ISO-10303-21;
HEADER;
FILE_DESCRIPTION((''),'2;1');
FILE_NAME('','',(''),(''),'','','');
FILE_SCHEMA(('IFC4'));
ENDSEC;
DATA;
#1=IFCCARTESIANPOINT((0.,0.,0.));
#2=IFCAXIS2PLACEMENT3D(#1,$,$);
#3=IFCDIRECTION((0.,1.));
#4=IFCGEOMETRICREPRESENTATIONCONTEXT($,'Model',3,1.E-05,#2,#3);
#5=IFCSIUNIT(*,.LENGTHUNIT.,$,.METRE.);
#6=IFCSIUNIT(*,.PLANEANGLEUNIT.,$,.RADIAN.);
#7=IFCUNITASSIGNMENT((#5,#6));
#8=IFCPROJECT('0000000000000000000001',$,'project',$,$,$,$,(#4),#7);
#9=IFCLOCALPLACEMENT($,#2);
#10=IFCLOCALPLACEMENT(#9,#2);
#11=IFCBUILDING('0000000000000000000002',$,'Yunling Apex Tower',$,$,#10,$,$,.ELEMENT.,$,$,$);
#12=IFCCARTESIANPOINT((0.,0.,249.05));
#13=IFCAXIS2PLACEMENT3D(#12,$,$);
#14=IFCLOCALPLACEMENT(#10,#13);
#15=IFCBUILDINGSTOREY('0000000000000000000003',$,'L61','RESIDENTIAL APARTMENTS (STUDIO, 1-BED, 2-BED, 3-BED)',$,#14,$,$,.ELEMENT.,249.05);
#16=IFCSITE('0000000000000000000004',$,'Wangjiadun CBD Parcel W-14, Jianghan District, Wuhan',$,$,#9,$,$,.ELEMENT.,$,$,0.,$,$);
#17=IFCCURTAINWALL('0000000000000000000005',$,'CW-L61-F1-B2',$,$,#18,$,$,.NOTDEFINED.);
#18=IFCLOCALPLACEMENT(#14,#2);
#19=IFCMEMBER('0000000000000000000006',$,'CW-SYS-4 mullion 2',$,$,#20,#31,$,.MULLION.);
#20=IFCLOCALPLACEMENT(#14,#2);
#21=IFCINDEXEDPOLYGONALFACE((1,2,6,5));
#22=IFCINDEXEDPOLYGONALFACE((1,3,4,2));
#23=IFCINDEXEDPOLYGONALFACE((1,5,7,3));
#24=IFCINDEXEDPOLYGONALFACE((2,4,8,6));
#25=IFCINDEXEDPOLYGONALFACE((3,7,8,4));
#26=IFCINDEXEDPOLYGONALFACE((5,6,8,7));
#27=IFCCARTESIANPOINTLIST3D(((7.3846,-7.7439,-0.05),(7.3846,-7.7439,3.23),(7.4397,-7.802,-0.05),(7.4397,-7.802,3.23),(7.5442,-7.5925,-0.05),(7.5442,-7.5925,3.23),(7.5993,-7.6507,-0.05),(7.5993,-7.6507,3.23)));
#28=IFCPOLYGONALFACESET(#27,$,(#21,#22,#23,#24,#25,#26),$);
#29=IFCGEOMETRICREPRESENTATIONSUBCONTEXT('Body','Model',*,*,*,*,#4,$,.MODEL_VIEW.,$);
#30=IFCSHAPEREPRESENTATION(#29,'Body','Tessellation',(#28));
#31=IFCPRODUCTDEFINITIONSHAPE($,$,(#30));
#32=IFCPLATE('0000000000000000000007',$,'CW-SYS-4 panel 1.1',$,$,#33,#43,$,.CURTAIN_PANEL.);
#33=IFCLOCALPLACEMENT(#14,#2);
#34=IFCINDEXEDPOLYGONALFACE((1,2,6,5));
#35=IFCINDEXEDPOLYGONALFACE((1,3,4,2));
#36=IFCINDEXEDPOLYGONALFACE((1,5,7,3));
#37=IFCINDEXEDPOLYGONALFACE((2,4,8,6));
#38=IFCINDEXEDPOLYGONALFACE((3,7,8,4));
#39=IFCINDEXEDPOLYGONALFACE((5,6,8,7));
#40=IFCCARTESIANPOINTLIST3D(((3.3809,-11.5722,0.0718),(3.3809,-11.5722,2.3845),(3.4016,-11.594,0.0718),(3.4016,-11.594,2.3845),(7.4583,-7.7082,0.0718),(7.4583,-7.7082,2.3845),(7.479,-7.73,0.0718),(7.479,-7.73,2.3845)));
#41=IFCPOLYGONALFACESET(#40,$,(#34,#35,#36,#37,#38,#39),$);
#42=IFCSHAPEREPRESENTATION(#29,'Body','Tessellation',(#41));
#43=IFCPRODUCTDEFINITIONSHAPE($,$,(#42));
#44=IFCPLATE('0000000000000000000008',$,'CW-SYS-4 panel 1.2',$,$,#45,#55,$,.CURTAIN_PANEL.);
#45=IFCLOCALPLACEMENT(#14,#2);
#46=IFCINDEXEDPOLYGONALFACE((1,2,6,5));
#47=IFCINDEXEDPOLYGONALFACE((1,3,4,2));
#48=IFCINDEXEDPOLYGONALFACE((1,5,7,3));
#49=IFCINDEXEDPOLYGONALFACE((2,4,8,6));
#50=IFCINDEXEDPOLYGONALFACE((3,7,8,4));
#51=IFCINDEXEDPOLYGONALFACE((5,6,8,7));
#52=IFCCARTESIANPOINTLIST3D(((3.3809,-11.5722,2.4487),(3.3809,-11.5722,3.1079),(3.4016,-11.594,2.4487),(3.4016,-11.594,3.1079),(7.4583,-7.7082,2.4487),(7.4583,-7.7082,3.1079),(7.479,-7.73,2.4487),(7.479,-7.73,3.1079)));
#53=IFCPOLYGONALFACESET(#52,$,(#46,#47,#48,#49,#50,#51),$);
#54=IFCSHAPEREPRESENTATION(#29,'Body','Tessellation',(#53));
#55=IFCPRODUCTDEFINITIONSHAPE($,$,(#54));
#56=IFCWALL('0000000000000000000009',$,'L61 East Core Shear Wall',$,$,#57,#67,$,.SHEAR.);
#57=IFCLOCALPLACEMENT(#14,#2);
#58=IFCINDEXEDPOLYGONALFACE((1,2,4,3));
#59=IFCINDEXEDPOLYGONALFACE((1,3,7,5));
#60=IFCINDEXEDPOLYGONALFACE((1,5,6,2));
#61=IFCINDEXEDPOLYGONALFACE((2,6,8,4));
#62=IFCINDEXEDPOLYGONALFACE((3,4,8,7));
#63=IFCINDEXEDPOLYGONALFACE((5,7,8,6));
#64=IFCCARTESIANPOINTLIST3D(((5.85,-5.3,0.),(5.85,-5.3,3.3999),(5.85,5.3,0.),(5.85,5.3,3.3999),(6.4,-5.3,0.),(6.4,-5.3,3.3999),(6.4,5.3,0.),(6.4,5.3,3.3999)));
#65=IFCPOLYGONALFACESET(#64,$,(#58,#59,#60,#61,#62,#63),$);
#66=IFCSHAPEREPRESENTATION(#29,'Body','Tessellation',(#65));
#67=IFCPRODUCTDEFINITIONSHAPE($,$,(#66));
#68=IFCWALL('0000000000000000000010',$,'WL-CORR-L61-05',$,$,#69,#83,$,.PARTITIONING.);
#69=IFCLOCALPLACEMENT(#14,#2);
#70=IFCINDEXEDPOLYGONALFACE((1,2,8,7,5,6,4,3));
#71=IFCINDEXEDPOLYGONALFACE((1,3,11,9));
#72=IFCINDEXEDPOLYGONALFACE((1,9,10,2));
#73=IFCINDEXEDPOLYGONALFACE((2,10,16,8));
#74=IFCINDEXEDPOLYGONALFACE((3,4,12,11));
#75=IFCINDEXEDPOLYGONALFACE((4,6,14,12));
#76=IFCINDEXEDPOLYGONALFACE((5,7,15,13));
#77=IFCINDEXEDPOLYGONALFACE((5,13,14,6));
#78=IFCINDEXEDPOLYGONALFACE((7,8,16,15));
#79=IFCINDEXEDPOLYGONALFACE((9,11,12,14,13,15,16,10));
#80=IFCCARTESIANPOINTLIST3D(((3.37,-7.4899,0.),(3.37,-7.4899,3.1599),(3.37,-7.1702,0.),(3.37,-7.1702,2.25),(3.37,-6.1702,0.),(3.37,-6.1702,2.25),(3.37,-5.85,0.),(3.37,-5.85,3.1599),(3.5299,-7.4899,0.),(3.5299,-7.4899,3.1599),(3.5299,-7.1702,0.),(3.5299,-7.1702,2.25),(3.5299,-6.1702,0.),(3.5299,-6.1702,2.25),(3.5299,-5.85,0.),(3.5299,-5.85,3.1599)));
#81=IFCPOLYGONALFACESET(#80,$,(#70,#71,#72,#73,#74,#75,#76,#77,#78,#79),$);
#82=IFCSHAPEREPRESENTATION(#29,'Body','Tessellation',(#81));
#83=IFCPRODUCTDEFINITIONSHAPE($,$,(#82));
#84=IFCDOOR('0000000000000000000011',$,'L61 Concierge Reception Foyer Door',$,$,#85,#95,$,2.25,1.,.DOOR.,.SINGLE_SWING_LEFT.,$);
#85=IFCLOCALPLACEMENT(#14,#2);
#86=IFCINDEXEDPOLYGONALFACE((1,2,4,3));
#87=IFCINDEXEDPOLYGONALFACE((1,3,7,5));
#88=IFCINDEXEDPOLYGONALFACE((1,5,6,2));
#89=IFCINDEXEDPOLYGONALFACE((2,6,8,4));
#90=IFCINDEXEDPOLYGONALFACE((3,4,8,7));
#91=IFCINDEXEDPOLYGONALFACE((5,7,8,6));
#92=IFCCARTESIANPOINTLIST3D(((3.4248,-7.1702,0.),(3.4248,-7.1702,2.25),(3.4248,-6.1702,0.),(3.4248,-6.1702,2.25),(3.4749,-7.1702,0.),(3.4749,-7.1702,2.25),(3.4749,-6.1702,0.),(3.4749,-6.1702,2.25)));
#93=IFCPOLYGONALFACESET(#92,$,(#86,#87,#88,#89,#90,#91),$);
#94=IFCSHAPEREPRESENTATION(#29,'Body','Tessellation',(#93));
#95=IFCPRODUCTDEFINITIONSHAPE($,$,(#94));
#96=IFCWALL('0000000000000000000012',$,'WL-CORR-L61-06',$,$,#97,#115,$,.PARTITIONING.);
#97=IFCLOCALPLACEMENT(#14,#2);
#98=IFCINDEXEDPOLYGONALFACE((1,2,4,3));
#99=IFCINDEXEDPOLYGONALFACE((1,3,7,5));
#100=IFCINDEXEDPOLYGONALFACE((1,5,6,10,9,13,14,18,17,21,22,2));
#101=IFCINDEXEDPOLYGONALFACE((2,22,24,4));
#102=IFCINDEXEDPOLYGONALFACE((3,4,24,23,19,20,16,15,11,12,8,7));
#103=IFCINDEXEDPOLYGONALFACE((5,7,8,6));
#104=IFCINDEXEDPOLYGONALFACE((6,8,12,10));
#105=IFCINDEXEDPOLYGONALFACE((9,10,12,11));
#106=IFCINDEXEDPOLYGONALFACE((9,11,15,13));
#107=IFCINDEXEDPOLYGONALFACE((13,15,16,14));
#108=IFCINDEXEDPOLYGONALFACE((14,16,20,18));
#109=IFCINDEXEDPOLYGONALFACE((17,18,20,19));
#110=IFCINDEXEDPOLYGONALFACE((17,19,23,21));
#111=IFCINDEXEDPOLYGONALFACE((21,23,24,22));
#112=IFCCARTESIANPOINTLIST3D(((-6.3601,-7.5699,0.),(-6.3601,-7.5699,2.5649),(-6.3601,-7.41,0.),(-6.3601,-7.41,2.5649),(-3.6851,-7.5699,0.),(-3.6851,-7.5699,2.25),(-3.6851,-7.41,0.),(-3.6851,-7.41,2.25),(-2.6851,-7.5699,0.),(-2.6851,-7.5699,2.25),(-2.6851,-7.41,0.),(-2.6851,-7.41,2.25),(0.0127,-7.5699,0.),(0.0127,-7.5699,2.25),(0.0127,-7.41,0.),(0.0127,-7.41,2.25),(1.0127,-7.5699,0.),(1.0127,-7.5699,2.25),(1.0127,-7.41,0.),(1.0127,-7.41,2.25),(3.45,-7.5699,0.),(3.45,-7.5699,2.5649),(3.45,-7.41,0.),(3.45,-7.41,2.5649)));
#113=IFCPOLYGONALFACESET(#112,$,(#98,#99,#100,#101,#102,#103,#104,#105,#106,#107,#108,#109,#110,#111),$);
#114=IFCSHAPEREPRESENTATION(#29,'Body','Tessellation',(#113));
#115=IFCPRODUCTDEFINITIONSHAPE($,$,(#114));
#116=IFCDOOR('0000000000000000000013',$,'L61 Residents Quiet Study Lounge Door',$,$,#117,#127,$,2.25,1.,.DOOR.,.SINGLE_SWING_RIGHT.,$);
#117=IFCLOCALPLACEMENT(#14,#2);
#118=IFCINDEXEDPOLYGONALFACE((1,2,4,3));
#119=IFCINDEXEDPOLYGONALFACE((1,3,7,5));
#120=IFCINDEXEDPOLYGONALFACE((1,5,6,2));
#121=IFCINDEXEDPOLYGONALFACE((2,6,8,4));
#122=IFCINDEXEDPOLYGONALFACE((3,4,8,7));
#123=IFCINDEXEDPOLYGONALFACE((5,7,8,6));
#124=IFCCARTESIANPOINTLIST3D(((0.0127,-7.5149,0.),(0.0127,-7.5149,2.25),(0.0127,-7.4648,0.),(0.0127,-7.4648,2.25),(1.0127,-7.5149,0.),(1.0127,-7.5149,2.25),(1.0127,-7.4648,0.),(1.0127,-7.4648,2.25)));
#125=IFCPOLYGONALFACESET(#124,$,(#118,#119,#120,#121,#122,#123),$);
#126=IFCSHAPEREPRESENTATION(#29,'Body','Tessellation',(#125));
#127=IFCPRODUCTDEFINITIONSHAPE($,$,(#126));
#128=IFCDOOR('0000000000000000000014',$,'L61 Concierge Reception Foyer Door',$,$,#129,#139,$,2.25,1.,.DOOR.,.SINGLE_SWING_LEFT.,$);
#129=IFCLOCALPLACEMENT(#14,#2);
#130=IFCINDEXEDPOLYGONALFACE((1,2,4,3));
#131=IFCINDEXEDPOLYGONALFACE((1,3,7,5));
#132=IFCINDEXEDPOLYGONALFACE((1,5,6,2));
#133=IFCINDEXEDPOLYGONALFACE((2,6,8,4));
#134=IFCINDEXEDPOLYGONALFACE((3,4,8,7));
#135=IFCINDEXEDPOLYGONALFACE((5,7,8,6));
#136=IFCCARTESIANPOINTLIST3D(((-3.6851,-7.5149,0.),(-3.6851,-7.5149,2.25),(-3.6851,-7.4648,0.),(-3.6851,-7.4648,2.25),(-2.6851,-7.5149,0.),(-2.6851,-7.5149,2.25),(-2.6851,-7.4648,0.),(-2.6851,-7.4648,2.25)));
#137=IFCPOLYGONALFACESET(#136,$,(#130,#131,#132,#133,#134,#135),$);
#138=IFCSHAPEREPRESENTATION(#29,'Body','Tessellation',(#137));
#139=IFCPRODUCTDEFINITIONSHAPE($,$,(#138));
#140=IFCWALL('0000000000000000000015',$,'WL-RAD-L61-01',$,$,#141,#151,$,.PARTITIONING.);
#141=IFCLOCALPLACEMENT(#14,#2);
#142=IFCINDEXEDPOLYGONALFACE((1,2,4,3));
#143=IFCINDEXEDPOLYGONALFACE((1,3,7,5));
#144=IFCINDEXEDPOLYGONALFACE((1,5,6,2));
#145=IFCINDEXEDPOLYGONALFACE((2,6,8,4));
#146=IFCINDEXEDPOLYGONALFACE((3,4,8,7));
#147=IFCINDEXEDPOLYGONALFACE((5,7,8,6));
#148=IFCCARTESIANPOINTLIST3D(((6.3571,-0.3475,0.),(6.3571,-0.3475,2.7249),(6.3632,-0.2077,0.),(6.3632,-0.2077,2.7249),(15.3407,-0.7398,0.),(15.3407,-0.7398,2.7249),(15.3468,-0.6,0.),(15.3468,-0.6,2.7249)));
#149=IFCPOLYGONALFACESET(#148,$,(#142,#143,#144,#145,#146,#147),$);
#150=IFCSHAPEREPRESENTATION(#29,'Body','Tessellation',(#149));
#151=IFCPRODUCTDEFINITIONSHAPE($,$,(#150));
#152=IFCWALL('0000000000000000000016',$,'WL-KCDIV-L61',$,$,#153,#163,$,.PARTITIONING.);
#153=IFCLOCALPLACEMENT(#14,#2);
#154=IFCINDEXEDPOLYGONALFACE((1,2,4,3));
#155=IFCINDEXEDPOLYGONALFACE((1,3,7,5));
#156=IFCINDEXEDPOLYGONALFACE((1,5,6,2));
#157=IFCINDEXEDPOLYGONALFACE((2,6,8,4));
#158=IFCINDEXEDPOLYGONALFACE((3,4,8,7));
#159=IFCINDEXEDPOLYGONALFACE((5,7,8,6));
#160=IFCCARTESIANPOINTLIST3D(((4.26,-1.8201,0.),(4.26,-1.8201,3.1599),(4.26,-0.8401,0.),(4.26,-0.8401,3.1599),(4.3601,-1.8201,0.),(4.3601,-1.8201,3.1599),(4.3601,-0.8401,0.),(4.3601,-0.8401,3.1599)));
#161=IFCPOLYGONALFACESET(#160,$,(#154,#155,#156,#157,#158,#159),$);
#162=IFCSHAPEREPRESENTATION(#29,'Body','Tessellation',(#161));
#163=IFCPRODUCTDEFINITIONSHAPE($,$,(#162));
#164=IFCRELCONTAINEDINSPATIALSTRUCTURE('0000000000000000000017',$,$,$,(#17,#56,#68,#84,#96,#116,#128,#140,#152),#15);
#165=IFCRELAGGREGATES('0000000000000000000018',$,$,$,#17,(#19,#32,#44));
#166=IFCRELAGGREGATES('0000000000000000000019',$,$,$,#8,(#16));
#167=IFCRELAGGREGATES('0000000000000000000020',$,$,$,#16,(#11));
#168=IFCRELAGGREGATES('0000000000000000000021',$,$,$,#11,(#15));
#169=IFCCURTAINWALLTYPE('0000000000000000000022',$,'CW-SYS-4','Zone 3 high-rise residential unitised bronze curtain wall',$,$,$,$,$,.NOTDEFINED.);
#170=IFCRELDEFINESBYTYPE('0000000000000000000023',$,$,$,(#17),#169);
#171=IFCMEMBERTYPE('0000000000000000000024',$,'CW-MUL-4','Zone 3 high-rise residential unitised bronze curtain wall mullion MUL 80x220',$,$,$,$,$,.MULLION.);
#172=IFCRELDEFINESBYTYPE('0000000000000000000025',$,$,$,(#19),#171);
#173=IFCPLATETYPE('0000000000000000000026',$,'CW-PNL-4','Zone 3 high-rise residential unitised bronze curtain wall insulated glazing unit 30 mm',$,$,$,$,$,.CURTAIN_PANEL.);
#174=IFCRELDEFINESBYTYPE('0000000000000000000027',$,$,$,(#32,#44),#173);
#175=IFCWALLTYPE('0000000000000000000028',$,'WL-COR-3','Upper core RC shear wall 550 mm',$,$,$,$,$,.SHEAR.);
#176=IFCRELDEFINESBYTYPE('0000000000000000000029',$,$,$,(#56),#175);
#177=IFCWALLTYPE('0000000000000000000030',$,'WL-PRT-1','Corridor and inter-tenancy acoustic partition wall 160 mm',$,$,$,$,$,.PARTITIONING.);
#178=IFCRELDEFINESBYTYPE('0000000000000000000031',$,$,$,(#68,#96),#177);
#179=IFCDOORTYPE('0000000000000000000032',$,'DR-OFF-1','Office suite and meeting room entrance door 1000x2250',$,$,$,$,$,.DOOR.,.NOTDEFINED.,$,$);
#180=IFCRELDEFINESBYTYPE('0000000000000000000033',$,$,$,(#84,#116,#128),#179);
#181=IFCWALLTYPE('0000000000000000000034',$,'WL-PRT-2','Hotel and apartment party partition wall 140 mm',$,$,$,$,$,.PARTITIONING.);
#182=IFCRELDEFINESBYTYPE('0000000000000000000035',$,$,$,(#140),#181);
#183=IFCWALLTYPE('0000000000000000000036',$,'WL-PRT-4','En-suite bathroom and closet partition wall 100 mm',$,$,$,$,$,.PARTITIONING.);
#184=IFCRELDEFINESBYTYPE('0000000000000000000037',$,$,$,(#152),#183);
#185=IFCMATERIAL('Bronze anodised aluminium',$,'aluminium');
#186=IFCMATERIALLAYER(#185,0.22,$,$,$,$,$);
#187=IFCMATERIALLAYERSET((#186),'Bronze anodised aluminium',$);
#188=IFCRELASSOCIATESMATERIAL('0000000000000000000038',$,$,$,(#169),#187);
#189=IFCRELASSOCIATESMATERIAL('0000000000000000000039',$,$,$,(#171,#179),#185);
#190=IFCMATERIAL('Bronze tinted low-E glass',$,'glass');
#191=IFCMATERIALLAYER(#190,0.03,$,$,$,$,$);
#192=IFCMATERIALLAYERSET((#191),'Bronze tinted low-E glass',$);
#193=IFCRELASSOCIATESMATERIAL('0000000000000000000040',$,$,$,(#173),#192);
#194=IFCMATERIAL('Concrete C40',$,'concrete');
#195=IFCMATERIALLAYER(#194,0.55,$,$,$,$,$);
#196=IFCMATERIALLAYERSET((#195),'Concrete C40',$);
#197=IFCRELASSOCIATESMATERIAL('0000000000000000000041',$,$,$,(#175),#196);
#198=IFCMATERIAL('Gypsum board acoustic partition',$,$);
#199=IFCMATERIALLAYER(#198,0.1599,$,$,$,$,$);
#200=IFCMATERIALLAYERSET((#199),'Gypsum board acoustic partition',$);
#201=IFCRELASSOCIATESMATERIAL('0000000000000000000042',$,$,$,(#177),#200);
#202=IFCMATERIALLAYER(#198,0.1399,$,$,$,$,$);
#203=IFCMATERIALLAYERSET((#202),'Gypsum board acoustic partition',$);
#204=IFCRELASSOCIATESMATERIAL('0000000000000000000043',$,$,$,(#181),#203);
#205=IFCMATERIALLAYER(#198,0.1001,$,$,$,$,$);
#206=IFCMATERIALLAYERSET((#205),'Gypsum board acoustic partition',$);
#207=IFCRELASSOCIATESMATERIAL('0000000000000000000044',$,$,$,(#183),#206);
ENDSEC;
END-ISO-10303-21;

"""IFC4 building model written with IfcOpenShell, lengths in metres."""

from ifc_helpers import new_model, si_unit, direction, frame, frame_2d, origin, origin_2d, place, context, subcontext, project, spatial, rectangle, extrude, source, transform, mapped, material, layer, layer_set, material_profile, profile_set, type_object, element, fill, aggregate, save


model = new_model("IFC4")

# Units and contexts
model_context = context("Model", 3, precision=1e-05, world=origin(), true_north=direction((0.0, 1.0)))
body_context = subcontext(model_context, "Body", "Model", "MODEL_VIEW")
ifc_project = project(units=[si_unit("LENGTHUNIT", "METRE"), si_unit("PLANEANGLEUNIT", "RADIAN")], contexts=[model_context])

# Site, building, storey
site_placement = place(None, origin())
site = spatial("IfcSite", under=ifc_project, at=site_placement, Name="Wangjiadun CBD Parcel W-14, Jianghan District, Wuhan", CompositionType="ELEMENT", RefElevation=0.0)
building_placement = place(site_placement, origin())
building = spatial("IfcBuilding", under=site, at=building_placement, Name="Yunling Apex Tower", CompositionType="ELEMENT")
storey_placement = place(building_placement, frame((0.0, 0.0, 249.05)))
storey = spatial("IfcBuildingStorey", under=building, at=storey_placement, Name="L61", Description="RESIDENTIAL APARTMENTS (STUDIO, 1-BED, 2-BED, 3-BED)", CompositionType="ELEMENT", Elevation=249.05)

# Curtain wall, member, plates
ifc_material_1 = material(Name="Bronze anodised aluminium", Category="aluminium")
ifc_layer_1 = layer(ifc_material_1, 0.22)
ifc_layer_set_1 = layer_set([ifc_layer_1], Name="Bronze anodised aluminium")
curtain_wall_type = type_object("IfcCurtainWallType", Name="CW-SYS-4", Description="Zone 3 high-rise residential unitised bronze curtain wall", PredefinedType="NOTDEFINED", material=ifc_layer_set_1)
curtain_wall_placement = place(storey_placement, origin())
curtain_wall = element("IfcCurtainWall", 1, at=curtain_wall_placement, inside=storey, type_object=curtain_wall_type, Name="CW-L61-F1-B2", PredefinedType="NOTDEFINED")
ifc_material_profile_1 = material_profile(ifc_material_1, rectangle(XDim=0.0801, YDim=0.22, at=origin_2d()))
ifc_profile_set_1 = profile_set([ifc_material_profile_1], Name="Bronze anodised aluminium")
member_type_1 = type_object("IfcMemberType", Name="CW-MUL-4", Description="Zone 3 high-rise residential unitised bronze curtain wall mullion MUL 80x220", PredefinedType="MULLION", material=ifc_profile_set_1)
shared_shape_1 = source(origin(), body_context, "Body", "SweptSolid", [
    extrude(rectangle(XDim=0.0801, YDim=0.22, at=origin_2d()), origin(), (0.0, 0.0, 1.0), 3.28),
])
member_1_placement = place(storey_placement, frame((7.4919, -7.6973, -0.05), z_axis=(0.0, 0.0, 1.0), x_axis=(-0.687854, 0.725849, 0.0)))
member_1 = element("IfcMember", 2, at=member_1_placement, type_object=member_type_1, Name="CW-SYS-4 mullion 2", PredefinedType="MULLION", context=body_context, shape_type="MappedRepresentation", body=[
    mapped(shared_shape_1, transform((0.0, 0.0, 0.0), scale=1.0)),
])
ifc_material_2 = material(Name="Bronze tinted low-E glass", Category="glass")
ifc_layer_2 = layer(ifc_material_2, 0.03)
ifc_layer_set_2 = layer_set([ifc_layer_2], Name="Bronze tinted low-E glass")
plate_type = type_object("IfcPlateType", Name="CW-PNL-4", Description="Zone 3 high-rise residential unitised bronze curtain wall insulated glazing unit 30 mm", PredefinedType="CURTAIN_PANEL", material=ifc_layer_set_2)
shared_shape_2 = source(origin(), body_context, "Body", "SweptSolid", [
    extrude(rectangle(XDim=5.6174, YDim=0.03, at=origin_2d()), origin(), (0.0, 0.0, 1.0), 2.3127),
])
plate_1_placement = place(storey_placement, frame((5.4299, -9.6511, 0.0718), z_axis=(0.0, 0.0, 1.0), x_axis=(0.725849, 0.687854, 0.0)))
plate_1 = element("IfcPlate", 3, at=plate_1_placement, type_object=plate_type, Name="CW-SYS-4 panel 1.1", PredefinedType="CURTAIN_PANEL", context=body_context, shape_type="MappedRepresentation", body=[
    mapped(shared_shape_2, transform((0.0, 0.0, 0.0), scale=1.0)),
])
shared_shape_3 = source(origin(), body_context, "Body", "SweptSolid", [
    extrude(rectangle(XDim=5.6174, YDim=0.03, at=origin_2d()), origin(), (0.0, 0.0, 1.0), 0.6592),
])
plate_2_placement = place(storey_placement, frame((5.4299, -9.6511, 2.4487), z_axis=(0.0, 0.0, 1.0), x_axis=(0.725849, 0.687854, 0.0)))
plate_2 = element("IfcPlate", 4, at=plate_2_placement, type_object=plate_type, Name="CW-SYS-4 panel 1.2", PredefinedType="CURTAIN_PANEL", context=body_context, shape_type="MappedRepresentation", body=[
    mapped(shared_shape_3, transform((0.0, 0.0, 0.0), scale=1.0)),
])
aggregate(curtain_wall, [member_1, plate_1, plate_2])

# Wall
ifc_material_3 = material(Name="Concrete C40", Category="concrete")
ifc_layer_3 = layer(ifc_material_3, 0.55)
ifc_layer_set_3 = layer_set([ifc_layer_3], Name="Concrete C40")
wall_type_1 = type_object("IfcWallType", Name="WL-COR-3", Description="Upper core RC shear wall 550 mm", PredefinedType="SHEAR", material=ifc_layer_set_3)
wall_1_placement = place(storey_placement, frame((6.125, -5.3, 0.0), z_axis=(0.0, 0.0, 1.0), x_axis=(0.0, 1.0, 0.0)))
element("IfcWall", 5, at=wall_1_placement, inside=storey, type_object=wall_type_1, Name="L61 East Core Shear Wall", PredefinedType="SHEAR", context=body_context, shape_type="SweptSolid", body=[
    extrude(rectangle(XDim=10.6001, YDim=0.55, at=frame_2d((5.3, 0.0))), origin(), (0.0, 0.0, 1.0), 3.3999),
])

# Wall, opening, door
ifc_material_4 = material(Name="Gypsum board acoustic partition")
ifc_layer_4 = layer(ifc_material_4, 0.1599)
ifc_layer_set_4 = layer_set([ifc_layer_4], Name="Gypsum board acoustic partition")
wall_type_2 = type_object("IfcWallType", Name="WL-PRT-1", Description="Corridor and inter-tenancy acoustic partition wall 160 mm", PredefinedType="PARTITIONING", material=ifc_layer_set_4)
wall_2_placement = place(storey_placement, frame((3.45, -5.8501, 0.0), z_axis=(0.0, 0.0, 1.0), x_axis=(0.0, -1.0, 0.0)))
wall_2 = element("IfcWall", 6, at=wall_2_placement, inside=storey, type_object=wall_type_2, Name="WL-CORR-L61-05", PredefinedType="PARTITIONING", context=body_context, shape_type="SweptSolid", body=[
    extrude(rectangle(XDim=1.6399, YDim=0.1599, at=frame_2d((0.8198, 0.0))), origin(), (0.0, 0.0, 1.0), 3.1599),
])
opening_1_placement = place(wall_2_placement, frame((0.3201, 0.0, 0.0)))
opening_1 = element("IfcOpeningElement", 7, at=opening_1_placement, cuts=wall_2, PredefinedType="OPENING", context=body_context, shape_type="SweptSolid", body=[
    extrude(rectangle(XDim=1.0, YDim=2.25, at=frame_2d((0.5, 1.125))), frame((0.0, 0.0898, 0.0), z_axis=(0.0, -1.0, 0.0), x_axis=(1.0, 0.0, 0.0)), (0.0, 0.0, 1.0), 0.1799),
])
door_type_1 = type_object("IfcDoorType", Name="DR-OFF-1", Description="Office suite and meeting room entrance door 1000x2250", OperationType="NOTDEFINED", PredefinedType="DOOR", material=ifc_material_1)
door_1_placement = place(opening_1_placement, origin())
door_1 = element("IfcDoor", 8, at=door_1_placement, inside=storey, type_object=door_type_1, Name="L61 Concierge Reception Foyer Door", OperationType="SINGLE_SWING_LEFT", OverallHeight=2.25, OverallWidth=1.0, PredefinedType="DOOR", context=body_context, shape_type="SweptSolid", body=[
    extrude(rectangle(XDim=1.0, YDim=2.25, at=frame_2d((0.5, 1.125))), frame((0.0, 0.0249, 0.0), z_axis=(0.0, -1.0, 0.0), x_axis=(1.0, 0.0, 0.0)), (0.0, 0.0, 1.0), 0.05),
])
fill(opening_1, door_1)

# Wall, openings, doors
wall_3_placement = place(storey_placement, frame((3.45, -7.49, 0.0), z_axis=(0.0, 0.0, 1.0), x_axis=(-1.0, 0.0, 0.0)))
wall_3 = element("IfcWall", 9, at=wall_3_placement, inside=storey, type_object=wall_type_2, Name="WL-CORR-L61-06", PredefinedType="PARTITIONING", context=body_context, shape_type="SweptSolid", body=[
    extrude(rectangle(XDim=9.8101, YDim=0.1599, at=frame_2d((4.905, 0.0))), origin(), (0.0, 0.0, 1.0), 2.5649),
])
opening_2_placement = place(wall_3_placement, frame((2.4373, 0.0, 0.0)))
opening_2 = element("IfcOpeningElement", 10, at=opening_2_placement, cuts=wall_3, PredefinedType="OPENING", context=body_context, shape_type="SweptSolid", body=[
    extrude(rectangle(XDim=1.0, YDim=2.25, at=frame_2d((0.5, 1.125))), frame((0.0, 0.0898, 0.0), z_axis=(0.0, -1.0, 0.0), x_axis=(1.0, 0.0, 0.0)), (0.0, 0.0, 1.0), 0.1799),
])
opening_3_placement = place(wall_3_placement, frame((6.135, 0.0, 0.0)))
opening_3 = element("IfcOpeningElement", 11, at=opening_3_placement, cuts=wall_3, PredefinedType="OPENING", context=body_context, shape_type="SweptSolid", body=[
    extrude(rectangle(XDim=1.0, YDim=2.25, at=frame_2d((0.5, 1.125))), frame((0.0, 0.0898, 0.0), z_axis=(0.0, -1.0, 0.0), x_axis=(1.0, 0.0, 0.0)), (0.0, 0.0, 1.0), 0.1799),
])
door_2_placement = place(opening_2_placement, origin())
door_2 = element("IfcDoor", 12, at=door_2_placement, inside=storey, type_object=door_type_1, Name="L61 Residents Quiet Study Lounge Door", OperationType="SINGLE_SWING_RIGHT", OverallHeight=2.25, OverallWidth=1.0, PredefinedType="DOOR", context=body_context, shape_type="SweptSolid", body=[
    extrude(rectangle(XDim=1.0, YDim=2.25, at=frame_2d((0.5, 1.125))), frame((0.0, 0.0249, 0.0), z_axis=(0.0, -1.0, 0.0), x_axis=(1.0, 0.0, 0.0)), (0.0, 0.0, 1.0), 0.05),
])
fill(opening_2, door_2)
door_3_placement = place(opening_3_placement, origin())
door_3 = element("IfcDoor", 13, at=door_3_placement, inside=storey, type_object=door_type_1, Name="L61 Concierge Reception Foyer Door", OperationType="SINGLE_SWING_LEFT", OverallHeight=2.25, OverallWidth=1.0, PredefinedType="DOOR", context=body_context, shape_type="SweptSolid", body=[
    extrude(rectangle(XDim=1.0, YDim=2.25, at=frame_2d((0.5, 1.125))), frame((0.0, 0.0249, 0.0), z_axis=(0.0, -1.0, 0.0), x_axis=(1.0, 0.0, 0.0)), (0.0, 0.0, 1.0), 0.05),
])
fill(opening_3, door_3)

# Walls
ifc_layer_5 = layer(ifc_material_4, 0.1399)
ifc_layer_set_5 = layer_set([ifc_layer_5], Name="Gypsum board acoustic partition")
wall_type_3 = type_object("IfcWallType", Name="WL-PRT-2", Description="Hotel and apartment party partition wall 140 mm", PredefinedType="PARTITIONING", material=ifc_layer_set_5)
wall_4_placement = place(storey_placement, frame((6.3601, -0.2776, 0.0), z_axis=(0.0, 0.0, 1.0), x_axis=(0.999048, -0.04363, 0.0)))
element("IfcWall", 14, at=wall_4_placement, inside=storey, type_object=wall_type_3, Name="WL-RAD-L61-01", PredefinedType="PARTITIONING", context=body_context, shape_type="SweptSolid", body=[
    extrude(rectangle(XDim=8.9922, YDim=0.1399, at=frame_2d((4.4961, 0.0))), origin(), (0.0, 0.0, 1.0), 2.7249),
])
ifc_layer_6 = layer(ifc_material_4, 0.1001)
ifc_layer_set_6 = layer_set([ifc_layer_6], Name="Gypsum board acoustic partition")
wall_type_4 = type_object("IfcWallType", Name="WL-PRT-4", Description="En-suite bathroom and closet partition wall 100 mm", PredefinedType="PARTITIONING", material=ifc_layer_set_6)
wall_5_placement = place(storey_placement, frame((4.3101, -1.8201, 0.0), z_axis=(0.0, 0.0, 1.0), x_axis=(0.0, 1.0, 0.0)))
element("IfcWall", 15, at=wall_5_placement, inside=storey, type_object=wall_type_4, Name="WL-KCDIV-L61", PredefinedType="PARTITIONING", context=body_context, shape_type="SweptSolid", body=[
    extrude(rectangle(XDim=0.98, YDim=0.1001, at=frame_2d((0.49, 0.0))), origin(), (0.0, 0.0, 1.0), 3.1599),
])

save(model, "model.ifc")
